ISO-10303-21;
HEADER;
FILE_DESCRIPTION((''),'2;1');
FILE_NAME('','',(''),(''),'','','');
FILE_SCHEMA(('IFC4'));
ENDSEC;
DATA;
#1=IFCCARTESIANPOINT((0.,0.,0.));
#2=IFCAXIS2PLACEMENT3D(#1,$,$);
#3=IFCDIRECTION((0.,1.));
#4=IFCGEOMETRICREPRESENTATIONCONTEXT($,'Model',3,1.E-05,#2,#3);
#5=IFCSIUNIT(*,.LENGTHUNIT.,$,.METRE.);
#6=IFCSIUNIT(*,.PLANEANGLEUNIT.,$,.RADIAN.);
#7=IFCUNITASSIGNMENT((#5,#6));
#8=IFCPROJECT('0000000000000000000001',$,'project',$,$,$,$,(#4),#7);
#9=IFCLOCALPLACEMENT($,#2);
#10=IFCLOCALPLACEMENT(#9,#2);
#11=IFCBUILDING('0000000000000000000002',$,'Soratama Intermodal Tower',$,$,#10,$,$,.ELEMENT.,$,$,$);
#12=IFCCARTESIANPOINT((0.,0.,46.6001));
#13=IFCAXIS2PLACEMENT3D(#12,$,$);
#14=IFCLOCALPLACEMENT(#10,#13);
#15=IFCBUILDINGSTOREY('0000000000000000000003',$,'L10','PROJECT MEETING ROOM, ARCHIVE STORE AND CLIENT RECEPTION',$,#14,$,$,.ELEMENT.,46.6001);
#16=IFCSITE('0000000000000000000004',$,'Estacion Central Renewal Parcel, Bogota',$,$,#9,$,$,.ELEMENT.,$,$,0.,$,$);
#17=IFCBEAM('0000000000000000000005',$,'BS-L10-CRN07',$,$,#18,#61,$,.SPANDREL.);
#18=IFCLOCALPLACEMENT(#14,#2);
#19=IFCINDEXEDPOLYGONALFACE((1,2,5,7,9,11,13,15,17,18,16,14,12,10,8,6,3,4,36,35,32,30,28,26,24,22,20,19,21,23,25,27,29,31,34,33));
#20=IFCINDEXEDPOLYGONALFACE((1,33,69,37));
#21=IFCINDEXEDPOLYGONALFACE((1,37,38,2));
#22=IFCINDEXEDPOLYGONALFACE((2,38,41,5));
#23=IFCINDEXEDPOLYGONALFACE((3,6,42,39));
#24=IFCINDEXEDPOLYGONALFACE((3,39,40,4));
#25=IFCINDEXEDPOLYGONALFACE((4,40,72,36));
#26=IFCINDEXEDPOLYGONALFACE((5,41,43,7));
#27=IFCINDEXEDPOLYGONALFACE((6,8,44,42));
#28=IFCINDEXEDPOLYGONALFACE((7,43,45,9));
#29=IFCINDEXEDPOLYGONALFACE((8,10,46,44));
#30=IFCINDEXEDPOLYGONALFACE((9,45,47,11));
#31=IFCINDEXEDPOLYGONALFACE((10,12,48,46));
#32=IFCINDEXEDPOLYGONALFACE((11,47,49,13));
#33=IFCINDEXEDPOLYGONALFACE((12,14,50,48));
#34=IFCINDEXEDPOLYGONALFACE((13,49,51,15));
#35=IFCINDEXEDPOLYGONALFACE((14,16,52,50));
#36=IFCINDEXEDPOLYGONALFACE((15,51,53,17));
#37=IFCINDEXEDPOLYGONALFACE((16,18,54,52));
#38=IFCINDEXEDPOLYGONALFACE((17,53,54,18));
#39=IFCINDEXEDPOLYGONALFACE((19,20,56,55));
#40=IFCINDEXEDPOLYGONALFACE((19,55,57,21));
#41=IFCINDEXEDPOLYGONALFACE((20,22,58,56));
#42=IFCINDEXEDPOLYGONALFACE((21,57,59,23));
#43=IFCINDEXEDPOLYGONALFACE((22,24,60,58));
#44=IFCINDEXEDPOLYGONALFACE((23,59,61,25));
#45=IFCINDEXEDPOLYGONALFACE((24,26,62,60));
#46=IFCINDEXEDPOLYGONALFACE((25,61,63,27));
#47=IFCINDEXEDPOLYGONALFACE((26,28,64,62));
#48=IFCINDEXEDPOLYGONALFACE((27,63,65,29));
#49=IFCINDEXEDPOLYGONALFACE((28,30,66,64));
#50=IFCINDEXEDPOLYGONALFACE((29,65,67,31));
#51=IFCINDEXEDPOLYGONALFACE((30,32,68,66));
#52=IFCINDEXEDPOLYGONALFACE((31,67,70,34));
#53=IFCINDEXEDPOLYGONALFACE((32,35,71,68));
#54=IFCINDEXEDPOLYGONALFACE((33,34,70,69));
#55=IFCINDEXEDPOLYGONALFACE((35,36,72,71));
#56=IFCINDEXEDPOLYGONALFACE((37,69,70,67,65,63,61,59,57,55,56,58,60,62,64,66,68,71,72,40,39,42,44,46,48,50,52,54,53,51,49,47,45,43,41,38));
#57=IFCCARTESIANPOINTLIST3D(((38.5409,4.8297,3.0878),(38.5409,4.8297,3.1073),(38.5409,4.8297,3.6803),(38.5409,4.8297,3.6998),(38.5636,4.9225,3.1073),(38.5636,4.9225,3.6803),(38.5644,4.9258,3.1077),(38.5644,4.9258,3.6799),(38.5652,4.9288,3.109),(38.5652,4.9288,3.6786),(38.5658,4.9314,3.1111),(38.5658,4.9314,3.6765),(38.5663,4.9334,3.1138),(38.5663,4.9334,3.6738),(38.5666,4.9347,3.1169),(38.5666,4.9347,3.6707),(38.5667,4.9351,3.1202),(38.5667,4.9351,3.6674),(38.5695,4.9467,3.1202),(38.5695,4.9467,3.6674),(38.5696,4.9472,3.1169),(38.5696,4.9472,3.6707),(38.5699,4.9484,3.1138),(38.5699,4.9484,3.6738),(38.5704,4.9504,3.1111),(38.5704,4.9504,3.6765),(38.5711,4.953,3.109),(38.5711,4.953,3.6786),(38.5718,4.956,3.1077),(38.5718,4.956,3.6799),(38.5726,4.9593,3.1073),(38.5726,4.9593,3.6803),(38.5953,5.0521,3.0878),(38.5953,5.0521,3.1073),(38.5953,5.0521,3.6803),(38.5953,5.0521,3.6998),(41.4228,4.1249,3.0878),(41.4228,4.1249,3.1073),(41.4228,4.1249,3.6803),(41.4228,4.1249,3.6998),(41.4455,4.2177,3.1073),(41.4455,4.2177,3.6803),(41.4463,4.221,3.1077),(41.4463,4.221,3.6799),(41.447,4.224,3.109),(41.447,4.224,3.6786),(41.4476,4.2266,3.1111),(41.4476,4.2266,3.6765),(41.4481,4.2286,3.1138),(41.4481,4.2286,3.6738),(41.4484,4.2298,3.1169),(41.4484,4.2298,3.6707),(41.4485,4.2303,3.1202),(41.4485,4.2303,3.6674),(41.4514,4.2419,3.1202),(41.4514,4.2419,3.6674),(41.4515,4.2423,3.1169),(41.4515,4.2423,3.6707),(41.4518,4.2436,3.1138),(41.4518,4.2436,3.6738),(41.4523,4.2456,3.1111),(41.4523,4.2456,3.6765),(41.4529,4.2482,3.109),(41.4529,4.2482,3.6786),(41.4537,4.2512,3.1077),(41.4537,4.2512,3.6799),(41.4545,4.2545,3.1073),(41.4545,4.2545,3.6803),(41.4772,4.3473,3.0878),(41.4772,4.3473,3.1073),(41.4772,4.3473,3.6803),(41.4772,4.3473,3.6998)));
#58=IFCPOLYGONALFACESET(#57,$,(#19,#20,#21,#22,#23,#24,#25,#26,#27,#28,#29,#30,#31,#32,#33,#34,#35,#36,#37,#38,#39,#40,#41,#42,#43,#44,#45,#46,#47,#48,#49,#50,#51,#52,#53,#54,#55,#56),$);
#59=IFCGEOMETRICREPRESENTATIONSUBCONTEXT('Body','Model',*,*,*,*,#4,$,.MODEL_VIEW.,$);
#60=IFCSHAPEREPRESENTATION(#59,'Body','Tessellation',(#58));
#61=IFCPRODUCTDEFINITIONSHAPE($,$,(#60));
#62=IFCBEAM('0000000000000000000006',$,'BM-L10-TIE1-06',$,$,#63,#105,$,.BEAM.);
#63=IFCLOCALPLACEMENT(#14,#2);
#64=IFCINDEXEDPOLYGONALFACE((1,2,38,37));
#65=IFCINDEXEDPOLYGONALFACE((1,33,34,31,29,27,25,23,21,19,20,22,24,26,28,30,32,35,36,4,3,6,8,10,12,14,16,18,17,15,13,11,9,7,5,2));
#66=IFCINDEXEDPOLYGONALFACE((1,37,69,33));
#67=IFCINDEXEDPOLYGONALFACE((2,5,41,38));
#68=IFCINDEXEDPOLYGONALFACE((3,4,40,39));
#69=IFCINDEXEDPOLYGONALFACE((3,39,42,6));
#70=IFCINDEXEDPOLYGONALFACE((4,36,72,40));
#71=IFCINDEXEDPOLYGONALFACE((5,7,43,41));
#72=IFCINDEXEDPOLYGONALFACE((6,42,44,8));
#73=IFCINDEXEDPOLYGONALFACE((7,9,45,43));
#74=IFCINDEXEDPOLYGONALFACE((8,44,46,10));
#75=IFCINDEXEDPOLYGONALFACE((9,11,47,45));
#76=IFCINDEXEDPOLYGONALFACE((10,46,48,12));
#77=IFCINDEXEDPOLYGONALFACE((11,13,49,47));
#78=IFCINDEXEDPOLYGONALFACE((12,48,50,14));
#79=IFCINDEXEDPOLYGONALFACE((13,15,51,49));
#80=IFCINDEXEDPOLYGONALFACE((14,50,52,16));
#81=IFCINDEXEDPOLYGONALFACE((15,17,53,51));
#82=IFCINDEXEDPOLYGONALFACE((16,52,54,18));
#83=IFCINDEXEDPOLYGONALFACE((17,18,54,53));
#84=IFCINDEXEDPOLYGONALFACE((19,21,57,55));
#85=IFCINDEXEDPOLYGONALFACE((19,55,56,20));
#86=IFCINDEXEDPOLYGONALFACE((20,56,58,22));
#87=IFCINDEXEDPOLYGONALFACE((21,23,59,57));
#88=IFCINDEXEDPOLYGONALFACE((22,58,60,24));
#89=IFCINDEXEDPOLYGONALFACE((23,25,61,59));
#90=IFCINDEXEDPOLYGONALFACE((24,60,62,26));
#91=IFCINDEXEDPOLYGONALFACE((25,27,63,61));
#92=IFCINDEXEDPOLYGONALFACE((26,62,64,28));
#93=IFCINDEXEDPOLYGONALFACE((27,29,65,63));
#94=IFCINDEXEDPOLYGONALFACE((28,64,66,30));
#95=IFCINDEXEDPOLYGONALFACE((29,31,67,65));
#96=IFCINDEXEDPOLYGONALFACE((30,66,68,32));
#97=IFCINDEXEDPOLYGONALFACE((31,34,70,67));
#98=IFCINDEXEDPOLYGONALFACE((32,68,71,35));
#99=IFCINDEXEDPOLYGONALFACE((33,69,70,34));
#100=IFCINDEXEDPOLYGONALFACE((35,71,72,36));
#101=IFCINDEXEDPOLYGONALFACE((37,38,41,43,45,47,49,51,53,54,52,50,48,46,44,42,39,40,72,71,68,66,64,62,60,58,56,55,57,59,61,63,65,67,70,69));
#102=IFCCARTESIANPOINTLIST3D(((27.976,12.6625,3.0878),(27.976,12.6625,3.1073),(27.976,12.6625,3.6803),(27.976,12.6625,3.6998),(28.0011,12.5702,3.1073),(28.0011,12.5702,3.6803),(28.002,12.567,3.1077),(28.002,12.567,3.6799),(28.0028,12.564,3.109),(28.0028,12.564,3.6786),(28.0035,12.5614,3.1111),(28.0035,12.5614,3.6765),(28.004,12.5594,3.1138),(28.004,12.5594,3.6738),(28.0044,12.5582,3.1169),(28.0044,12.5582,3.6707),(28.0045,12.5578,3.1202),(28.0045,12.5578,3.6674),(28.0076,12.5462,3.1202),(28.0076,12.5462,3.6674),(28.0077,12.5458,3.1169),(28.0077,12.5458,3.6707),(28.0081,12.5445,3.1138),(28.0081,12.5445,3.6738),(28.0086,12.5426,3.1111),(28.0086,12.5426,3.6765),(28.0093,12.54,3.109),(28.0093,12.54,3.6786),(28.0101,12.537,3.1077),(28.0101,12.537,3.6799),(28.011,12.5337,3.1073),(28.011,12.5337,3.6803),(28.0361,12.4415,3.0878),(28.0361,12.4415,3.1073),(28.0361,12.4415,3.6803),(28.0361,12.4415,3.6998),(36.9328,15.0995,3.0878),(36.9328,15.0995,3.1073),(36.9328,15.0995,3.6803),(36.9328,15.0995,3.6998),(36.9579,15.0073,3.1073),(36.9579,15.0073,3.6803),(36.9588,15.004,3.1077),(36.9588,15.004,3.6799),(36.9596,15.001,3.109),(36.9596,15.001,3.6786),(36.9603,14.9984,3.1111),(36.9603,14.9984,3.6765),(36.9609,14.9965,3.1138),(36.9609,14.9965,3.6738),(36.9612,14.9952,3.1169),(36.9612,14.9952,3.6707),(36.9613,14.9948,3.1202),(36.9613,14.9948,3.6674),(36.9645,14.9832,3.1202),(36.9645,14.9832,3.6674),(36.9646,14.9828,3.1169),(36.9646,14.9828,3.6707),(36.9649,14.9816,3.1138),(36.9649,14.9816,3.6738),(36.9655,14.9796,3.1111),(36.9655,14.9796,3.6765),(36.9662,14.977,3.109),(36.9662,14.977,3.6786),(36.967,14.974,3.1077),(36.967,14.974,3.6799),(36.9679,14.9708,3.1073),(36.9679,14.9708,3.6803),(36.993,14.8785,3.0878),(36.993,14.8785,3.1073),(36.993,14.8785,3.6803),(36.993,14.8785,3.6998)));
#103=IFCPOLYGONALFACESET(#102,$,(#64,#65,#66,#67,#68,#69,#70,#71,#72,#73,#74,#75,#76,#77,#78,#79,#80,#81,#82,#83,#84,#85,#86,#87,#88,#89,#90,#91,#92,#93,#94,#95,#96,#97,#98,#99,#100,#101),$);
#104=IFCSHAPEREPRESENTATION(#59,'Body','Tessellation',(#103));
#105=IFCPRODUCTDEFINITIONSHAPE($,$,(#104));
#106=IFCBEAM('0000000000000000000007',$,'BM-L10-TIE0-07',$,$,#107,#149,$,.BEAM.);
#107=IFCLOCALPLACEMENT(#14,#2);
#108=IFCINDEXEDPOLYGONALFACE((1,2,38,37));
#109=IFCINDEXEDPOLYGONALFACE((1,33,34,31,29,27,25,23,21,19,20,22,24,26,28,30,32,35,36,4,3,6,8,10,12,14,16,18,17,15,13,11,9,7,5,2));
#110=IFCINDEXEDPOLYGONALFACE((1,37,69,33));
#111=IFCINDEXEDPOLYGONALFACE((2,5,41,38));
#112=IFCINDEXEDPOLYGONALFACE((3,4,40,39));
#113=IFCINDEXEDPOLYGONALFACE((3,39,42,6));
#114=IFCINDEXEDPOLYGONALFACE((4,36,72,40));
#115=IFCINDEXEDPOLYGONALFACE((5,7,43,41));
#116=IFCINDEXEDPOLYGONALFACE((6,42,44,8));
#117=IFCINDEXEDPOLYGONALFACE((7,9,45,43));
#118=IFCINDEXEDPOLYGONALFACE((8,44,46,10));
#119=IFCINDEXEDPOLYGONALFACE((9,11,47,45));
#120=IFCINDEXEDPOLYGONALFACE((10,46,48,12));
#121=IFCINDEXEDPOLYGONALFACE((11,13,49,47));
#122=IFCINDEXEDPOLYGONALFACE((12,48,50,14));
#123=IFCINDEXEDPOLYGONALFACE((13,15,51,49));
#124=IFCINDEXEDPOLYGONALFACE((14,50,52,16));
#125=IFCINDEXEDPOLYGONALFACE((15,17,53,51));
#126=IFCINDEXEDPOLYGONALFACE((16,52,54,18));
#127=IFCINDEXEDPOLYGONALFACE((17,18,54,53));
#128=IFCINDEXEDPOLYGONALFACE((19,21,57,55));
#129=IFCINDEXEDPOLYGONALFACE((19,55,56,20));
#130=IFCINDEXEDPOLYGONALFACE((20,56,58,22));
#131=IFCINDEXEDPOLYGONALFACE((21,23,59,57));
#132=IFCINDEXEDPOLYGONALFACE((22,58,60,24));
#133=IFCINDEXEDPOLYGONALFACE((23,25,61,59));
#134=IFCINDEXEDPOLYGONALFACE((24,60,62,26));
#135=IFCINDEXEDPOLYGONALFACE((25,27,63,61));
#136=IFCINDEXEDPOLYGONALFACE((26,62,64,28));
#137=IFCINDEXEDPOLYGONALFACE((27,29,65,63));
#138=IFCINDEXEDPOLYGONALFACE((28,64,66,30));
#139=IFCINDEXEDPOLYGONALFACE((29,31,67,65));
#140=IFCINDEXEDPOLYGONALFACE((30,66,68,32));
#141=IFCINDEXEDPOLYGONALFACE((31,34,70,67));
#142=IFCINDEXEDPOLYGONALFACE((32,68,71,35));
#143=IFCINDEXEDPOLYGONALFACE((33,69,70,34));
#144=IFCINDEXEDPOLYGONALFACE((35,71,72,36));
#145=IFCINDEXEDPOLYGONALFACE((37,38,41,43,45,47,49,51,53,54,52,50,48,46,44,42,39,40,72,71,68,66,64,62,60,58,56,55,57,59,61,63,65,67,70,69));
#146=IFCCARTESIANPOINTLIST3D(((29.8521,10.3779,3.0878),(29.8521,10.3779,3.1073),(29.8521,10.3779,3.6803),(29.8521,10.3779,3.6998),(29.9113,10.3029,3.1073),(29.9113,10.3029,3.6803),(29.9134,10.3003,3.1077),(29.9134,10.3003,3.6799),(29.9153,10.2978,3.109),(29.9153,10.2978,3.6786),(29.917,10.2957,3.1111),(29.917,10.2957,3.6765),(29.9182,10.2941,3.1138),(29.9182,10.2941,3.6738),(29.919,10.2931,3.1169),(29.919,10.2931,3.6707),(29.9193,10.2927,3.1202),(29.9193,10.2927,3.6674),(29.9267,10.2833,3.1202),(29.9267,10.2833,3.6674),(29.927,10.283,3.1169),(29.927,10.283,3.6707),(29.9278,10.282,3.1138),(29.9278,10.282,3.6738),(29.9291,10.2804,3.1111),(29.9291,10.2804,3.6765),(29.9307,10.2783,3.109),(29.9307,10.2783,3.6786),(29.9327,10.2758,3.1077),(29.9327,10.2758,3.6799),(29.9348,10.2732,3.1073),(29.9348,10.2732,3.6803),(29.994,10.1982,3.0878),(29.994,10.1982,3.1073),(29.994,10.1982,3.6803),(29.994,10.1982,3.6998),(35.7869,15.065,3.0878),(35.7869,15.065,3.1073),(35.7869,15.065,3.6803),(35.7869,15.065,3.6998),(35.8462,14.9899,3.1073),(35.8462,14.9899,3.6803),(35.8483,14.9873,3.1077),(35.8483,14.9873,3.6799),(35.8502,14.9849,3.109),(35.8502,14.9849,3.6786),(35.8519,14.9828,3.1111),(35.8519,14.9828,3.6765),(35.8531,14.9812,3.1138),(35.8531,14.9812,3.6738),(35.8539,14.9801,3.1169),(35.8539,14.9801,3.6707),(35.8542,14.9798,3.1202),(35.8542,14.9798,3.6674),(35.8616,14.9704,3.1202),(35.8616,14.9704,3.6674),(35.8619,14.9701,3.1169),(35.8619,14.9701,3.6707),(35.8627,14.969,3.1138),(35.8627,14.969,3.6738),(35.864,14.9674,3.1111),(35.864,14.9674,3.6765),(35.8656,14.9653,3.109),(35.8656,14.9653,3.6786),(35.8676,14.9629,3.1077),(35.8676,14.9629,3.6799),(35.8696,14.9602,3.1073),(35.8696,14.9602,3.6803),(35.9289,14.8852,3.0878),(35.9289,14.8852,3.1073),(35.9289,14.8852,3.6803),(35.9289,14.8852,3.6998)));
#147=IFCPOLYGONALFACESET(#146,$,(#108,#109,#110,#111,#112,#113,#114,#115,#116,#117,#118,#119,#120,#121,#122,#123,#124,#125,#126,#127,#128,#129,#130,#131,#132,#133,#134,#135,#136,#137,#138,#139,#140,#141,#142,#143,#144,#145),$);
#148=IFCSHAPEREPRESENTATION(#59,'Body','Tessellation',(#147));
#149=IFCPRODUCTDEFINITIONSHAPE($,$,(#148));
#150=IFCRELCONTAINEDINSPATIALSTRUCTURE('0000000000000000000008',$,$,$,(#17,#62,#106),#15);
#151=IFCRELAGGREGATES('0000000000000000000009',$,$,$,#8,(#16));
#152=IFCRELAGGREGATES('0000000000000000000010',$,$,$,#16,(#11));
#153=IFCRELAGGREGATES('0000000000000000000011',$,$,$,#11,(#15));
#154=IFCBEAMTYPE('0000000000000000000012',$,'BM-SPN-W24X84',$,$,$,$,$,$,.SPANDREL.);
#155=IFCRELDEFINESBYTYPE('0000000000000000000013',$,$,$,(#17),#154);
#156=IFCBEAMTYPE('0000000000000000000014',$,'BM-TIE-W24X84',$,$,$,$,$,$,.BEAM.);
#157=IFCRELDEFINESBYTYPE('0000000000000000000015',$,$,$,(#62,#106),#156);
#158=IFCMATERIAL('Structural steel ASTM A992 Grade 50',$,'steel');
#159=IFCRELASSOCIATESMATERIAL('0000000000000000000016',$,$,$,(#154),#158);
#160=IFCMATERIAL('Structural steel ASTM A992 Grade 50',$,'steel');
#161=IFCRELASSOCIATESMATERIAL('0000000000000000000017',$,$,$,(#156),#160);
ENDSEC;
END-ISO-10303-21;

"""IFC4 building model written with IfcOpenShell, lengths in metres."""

from ifc_helpers import new_model, si_unit, direction, frame, origin, origin_2d, place, context, subcontext, project, spatial, i_section, extrude, material, material_profile, profile_set, type_object, element, save


model = new_model("IFC4")

# Units and contexts
model_context = context("Model", 3, precision=1e-05, world=origin(), true_north=direction((0.0, 1.0)))
body_context = subcontext(model_context, "Body", "Model", "MODEL_VIEW")
ifc_project = project(units=[si_unit("LENGTHUNIT", "METRE"), si_unit("PLANEANGLEUNIT", "RADIAN")], contexts=[model_context])

# Site, building, storey
site_placement = place(None, origin())
site = spatial("IfcSite", under=ifc_project, at=site_placement, Name="Estacion Central Renewal Parcel, Bogota", CompositionType="ELEMENT", RefElevation=0.0)
building_placement = place(site_placement, origin())
building = spatial("IfcBuilding", under=site, at=building_placement, Name="Soratama Intermodal Tower", CompositionType="ELEMENT")
storey_placement = place(building_placement, frame((0.0, 0.0, 46.6001)))
storey = spatial("IfcBuildingStorey", under=building, at=storey_placement, Name="L10", Description="PROJECT MEETING ROOM, ARCHIVE STORE AND CLIENT RECEPTION", CompositionType="ELEMENT", Elevation=46.6001)

# Beams
ifc_material_1 = material(Name="Structural steel ASTM A992 Grade 50", Category="steel")
ifc_material_profile_1 = material_profile(ifc_material_1, i_section(OverallWidth=0.229, OverallDepth=0.6121, WebThickness=0.012, FlangeThickness=0.0195, FilletRadius=0.0129, at=origin_2d()), Name="W24X84")
ifc_profile_set_1 = profile_set([ifc_material_profile_1], Name="Structural steel ASTM A992 Grade 50")
beam_type_1 = type_object("IfcBeamType", Name="BM-SPN-W24X84", PredefinedType="SPANDREL", material=ifc_profile_set_1)
beam_1_placement = place(storey_placement, frame((38.5681, 4.9409, 3.3938), z_axis=(0.971369, -0.237576, 0.0), x_axis=(0.237576, 0.971369, 0.0)))
element("IfcBeam", 1, at=beam_1_placement, inside=storey, type_object=beam_type_1, Name="BS-L10-CRN07", PredefinedType="SPANDREL", context=body_context, shape_type="SweptSolid", body=[
    extrude(i_section(OverallWidth=0.229, OverallDepth=0.6121, WebThickness=0.012, FlangeThickness=0.0195, FilletRadius=0.0129, at=origin_2d()), origin(), (0.0, 0.0, 1.0), 2.9668),
])
ifc_material_2 = material(Name="Structural steel ASTM A992 Grade 50", Category="steel")
ifc_material_profile_2 = material_profile(ifc_material_2, i_section(OverallWidth=0.229, OverallDepth=0.6121, WebThickness=0.012, FlangeThickness=0.0195, FilletRadius=0.0129, at=origin_2d()), Name="W24X84")
ifc_profile_set_2 = profile_set([ifc_material_profile_2], Name="Structural steel ASTM A992 Grade 50")
beam_type_2 = type_object("IfcBeamType", Name="BM-TIE-W24X84", PredefinedType="BEAM", material=ifc_profile_set_2)
beam_2_placement = place(storey_placement, frame((36.9629, 14.989, 3.3938), z_axis=(-0.964921, -0.262541, 0.0), x_axis=(0.262541, -0.964921, 0.0)))
element("IfcBeam", 2, at=beam_2_placement, inside=storey, type_object=beam_type_2, Name="BM-L10-TIE1-06", PredefinedType="BEAM", context=body_context, shape_type="SweptSolid", body=[
    extrude(i_section(OverallWidth=0.229, OverallDepth=0.6121, WebThickness=0.012, FlangeThickness=0.0195, FilletRadius=0.0129, at=origin_2d()), origin(), (0.0, 0.0, 1.0), 9.2825),
])
beam_3_placement = place(storey_placement, frame((35.8579, 14.9751, 3.3938), z_axis=(-0.784778, -0.619777, 0.0), x_axis=(0.619777, -0.784778, 0.0)))
element("IfcBeam", 3, at=beam_3_placement, inside=storey, type_object=beam_type_2, Name="BM-L10-TIE0-07", PredefinedType="BEAM", context=body_context, shape_type="SweptSolid", body=[
    extrude(i_section(OverallWidth=0.229, OverallDepth=0.6121, WebThickness=0.012, FlangeThickness=0.0195, FilletRadius=0.0129, at=origin_2d()), origin(), (0.0, 0.0, 1.0), 7.5625),
])

save(model, "model.ifc")
